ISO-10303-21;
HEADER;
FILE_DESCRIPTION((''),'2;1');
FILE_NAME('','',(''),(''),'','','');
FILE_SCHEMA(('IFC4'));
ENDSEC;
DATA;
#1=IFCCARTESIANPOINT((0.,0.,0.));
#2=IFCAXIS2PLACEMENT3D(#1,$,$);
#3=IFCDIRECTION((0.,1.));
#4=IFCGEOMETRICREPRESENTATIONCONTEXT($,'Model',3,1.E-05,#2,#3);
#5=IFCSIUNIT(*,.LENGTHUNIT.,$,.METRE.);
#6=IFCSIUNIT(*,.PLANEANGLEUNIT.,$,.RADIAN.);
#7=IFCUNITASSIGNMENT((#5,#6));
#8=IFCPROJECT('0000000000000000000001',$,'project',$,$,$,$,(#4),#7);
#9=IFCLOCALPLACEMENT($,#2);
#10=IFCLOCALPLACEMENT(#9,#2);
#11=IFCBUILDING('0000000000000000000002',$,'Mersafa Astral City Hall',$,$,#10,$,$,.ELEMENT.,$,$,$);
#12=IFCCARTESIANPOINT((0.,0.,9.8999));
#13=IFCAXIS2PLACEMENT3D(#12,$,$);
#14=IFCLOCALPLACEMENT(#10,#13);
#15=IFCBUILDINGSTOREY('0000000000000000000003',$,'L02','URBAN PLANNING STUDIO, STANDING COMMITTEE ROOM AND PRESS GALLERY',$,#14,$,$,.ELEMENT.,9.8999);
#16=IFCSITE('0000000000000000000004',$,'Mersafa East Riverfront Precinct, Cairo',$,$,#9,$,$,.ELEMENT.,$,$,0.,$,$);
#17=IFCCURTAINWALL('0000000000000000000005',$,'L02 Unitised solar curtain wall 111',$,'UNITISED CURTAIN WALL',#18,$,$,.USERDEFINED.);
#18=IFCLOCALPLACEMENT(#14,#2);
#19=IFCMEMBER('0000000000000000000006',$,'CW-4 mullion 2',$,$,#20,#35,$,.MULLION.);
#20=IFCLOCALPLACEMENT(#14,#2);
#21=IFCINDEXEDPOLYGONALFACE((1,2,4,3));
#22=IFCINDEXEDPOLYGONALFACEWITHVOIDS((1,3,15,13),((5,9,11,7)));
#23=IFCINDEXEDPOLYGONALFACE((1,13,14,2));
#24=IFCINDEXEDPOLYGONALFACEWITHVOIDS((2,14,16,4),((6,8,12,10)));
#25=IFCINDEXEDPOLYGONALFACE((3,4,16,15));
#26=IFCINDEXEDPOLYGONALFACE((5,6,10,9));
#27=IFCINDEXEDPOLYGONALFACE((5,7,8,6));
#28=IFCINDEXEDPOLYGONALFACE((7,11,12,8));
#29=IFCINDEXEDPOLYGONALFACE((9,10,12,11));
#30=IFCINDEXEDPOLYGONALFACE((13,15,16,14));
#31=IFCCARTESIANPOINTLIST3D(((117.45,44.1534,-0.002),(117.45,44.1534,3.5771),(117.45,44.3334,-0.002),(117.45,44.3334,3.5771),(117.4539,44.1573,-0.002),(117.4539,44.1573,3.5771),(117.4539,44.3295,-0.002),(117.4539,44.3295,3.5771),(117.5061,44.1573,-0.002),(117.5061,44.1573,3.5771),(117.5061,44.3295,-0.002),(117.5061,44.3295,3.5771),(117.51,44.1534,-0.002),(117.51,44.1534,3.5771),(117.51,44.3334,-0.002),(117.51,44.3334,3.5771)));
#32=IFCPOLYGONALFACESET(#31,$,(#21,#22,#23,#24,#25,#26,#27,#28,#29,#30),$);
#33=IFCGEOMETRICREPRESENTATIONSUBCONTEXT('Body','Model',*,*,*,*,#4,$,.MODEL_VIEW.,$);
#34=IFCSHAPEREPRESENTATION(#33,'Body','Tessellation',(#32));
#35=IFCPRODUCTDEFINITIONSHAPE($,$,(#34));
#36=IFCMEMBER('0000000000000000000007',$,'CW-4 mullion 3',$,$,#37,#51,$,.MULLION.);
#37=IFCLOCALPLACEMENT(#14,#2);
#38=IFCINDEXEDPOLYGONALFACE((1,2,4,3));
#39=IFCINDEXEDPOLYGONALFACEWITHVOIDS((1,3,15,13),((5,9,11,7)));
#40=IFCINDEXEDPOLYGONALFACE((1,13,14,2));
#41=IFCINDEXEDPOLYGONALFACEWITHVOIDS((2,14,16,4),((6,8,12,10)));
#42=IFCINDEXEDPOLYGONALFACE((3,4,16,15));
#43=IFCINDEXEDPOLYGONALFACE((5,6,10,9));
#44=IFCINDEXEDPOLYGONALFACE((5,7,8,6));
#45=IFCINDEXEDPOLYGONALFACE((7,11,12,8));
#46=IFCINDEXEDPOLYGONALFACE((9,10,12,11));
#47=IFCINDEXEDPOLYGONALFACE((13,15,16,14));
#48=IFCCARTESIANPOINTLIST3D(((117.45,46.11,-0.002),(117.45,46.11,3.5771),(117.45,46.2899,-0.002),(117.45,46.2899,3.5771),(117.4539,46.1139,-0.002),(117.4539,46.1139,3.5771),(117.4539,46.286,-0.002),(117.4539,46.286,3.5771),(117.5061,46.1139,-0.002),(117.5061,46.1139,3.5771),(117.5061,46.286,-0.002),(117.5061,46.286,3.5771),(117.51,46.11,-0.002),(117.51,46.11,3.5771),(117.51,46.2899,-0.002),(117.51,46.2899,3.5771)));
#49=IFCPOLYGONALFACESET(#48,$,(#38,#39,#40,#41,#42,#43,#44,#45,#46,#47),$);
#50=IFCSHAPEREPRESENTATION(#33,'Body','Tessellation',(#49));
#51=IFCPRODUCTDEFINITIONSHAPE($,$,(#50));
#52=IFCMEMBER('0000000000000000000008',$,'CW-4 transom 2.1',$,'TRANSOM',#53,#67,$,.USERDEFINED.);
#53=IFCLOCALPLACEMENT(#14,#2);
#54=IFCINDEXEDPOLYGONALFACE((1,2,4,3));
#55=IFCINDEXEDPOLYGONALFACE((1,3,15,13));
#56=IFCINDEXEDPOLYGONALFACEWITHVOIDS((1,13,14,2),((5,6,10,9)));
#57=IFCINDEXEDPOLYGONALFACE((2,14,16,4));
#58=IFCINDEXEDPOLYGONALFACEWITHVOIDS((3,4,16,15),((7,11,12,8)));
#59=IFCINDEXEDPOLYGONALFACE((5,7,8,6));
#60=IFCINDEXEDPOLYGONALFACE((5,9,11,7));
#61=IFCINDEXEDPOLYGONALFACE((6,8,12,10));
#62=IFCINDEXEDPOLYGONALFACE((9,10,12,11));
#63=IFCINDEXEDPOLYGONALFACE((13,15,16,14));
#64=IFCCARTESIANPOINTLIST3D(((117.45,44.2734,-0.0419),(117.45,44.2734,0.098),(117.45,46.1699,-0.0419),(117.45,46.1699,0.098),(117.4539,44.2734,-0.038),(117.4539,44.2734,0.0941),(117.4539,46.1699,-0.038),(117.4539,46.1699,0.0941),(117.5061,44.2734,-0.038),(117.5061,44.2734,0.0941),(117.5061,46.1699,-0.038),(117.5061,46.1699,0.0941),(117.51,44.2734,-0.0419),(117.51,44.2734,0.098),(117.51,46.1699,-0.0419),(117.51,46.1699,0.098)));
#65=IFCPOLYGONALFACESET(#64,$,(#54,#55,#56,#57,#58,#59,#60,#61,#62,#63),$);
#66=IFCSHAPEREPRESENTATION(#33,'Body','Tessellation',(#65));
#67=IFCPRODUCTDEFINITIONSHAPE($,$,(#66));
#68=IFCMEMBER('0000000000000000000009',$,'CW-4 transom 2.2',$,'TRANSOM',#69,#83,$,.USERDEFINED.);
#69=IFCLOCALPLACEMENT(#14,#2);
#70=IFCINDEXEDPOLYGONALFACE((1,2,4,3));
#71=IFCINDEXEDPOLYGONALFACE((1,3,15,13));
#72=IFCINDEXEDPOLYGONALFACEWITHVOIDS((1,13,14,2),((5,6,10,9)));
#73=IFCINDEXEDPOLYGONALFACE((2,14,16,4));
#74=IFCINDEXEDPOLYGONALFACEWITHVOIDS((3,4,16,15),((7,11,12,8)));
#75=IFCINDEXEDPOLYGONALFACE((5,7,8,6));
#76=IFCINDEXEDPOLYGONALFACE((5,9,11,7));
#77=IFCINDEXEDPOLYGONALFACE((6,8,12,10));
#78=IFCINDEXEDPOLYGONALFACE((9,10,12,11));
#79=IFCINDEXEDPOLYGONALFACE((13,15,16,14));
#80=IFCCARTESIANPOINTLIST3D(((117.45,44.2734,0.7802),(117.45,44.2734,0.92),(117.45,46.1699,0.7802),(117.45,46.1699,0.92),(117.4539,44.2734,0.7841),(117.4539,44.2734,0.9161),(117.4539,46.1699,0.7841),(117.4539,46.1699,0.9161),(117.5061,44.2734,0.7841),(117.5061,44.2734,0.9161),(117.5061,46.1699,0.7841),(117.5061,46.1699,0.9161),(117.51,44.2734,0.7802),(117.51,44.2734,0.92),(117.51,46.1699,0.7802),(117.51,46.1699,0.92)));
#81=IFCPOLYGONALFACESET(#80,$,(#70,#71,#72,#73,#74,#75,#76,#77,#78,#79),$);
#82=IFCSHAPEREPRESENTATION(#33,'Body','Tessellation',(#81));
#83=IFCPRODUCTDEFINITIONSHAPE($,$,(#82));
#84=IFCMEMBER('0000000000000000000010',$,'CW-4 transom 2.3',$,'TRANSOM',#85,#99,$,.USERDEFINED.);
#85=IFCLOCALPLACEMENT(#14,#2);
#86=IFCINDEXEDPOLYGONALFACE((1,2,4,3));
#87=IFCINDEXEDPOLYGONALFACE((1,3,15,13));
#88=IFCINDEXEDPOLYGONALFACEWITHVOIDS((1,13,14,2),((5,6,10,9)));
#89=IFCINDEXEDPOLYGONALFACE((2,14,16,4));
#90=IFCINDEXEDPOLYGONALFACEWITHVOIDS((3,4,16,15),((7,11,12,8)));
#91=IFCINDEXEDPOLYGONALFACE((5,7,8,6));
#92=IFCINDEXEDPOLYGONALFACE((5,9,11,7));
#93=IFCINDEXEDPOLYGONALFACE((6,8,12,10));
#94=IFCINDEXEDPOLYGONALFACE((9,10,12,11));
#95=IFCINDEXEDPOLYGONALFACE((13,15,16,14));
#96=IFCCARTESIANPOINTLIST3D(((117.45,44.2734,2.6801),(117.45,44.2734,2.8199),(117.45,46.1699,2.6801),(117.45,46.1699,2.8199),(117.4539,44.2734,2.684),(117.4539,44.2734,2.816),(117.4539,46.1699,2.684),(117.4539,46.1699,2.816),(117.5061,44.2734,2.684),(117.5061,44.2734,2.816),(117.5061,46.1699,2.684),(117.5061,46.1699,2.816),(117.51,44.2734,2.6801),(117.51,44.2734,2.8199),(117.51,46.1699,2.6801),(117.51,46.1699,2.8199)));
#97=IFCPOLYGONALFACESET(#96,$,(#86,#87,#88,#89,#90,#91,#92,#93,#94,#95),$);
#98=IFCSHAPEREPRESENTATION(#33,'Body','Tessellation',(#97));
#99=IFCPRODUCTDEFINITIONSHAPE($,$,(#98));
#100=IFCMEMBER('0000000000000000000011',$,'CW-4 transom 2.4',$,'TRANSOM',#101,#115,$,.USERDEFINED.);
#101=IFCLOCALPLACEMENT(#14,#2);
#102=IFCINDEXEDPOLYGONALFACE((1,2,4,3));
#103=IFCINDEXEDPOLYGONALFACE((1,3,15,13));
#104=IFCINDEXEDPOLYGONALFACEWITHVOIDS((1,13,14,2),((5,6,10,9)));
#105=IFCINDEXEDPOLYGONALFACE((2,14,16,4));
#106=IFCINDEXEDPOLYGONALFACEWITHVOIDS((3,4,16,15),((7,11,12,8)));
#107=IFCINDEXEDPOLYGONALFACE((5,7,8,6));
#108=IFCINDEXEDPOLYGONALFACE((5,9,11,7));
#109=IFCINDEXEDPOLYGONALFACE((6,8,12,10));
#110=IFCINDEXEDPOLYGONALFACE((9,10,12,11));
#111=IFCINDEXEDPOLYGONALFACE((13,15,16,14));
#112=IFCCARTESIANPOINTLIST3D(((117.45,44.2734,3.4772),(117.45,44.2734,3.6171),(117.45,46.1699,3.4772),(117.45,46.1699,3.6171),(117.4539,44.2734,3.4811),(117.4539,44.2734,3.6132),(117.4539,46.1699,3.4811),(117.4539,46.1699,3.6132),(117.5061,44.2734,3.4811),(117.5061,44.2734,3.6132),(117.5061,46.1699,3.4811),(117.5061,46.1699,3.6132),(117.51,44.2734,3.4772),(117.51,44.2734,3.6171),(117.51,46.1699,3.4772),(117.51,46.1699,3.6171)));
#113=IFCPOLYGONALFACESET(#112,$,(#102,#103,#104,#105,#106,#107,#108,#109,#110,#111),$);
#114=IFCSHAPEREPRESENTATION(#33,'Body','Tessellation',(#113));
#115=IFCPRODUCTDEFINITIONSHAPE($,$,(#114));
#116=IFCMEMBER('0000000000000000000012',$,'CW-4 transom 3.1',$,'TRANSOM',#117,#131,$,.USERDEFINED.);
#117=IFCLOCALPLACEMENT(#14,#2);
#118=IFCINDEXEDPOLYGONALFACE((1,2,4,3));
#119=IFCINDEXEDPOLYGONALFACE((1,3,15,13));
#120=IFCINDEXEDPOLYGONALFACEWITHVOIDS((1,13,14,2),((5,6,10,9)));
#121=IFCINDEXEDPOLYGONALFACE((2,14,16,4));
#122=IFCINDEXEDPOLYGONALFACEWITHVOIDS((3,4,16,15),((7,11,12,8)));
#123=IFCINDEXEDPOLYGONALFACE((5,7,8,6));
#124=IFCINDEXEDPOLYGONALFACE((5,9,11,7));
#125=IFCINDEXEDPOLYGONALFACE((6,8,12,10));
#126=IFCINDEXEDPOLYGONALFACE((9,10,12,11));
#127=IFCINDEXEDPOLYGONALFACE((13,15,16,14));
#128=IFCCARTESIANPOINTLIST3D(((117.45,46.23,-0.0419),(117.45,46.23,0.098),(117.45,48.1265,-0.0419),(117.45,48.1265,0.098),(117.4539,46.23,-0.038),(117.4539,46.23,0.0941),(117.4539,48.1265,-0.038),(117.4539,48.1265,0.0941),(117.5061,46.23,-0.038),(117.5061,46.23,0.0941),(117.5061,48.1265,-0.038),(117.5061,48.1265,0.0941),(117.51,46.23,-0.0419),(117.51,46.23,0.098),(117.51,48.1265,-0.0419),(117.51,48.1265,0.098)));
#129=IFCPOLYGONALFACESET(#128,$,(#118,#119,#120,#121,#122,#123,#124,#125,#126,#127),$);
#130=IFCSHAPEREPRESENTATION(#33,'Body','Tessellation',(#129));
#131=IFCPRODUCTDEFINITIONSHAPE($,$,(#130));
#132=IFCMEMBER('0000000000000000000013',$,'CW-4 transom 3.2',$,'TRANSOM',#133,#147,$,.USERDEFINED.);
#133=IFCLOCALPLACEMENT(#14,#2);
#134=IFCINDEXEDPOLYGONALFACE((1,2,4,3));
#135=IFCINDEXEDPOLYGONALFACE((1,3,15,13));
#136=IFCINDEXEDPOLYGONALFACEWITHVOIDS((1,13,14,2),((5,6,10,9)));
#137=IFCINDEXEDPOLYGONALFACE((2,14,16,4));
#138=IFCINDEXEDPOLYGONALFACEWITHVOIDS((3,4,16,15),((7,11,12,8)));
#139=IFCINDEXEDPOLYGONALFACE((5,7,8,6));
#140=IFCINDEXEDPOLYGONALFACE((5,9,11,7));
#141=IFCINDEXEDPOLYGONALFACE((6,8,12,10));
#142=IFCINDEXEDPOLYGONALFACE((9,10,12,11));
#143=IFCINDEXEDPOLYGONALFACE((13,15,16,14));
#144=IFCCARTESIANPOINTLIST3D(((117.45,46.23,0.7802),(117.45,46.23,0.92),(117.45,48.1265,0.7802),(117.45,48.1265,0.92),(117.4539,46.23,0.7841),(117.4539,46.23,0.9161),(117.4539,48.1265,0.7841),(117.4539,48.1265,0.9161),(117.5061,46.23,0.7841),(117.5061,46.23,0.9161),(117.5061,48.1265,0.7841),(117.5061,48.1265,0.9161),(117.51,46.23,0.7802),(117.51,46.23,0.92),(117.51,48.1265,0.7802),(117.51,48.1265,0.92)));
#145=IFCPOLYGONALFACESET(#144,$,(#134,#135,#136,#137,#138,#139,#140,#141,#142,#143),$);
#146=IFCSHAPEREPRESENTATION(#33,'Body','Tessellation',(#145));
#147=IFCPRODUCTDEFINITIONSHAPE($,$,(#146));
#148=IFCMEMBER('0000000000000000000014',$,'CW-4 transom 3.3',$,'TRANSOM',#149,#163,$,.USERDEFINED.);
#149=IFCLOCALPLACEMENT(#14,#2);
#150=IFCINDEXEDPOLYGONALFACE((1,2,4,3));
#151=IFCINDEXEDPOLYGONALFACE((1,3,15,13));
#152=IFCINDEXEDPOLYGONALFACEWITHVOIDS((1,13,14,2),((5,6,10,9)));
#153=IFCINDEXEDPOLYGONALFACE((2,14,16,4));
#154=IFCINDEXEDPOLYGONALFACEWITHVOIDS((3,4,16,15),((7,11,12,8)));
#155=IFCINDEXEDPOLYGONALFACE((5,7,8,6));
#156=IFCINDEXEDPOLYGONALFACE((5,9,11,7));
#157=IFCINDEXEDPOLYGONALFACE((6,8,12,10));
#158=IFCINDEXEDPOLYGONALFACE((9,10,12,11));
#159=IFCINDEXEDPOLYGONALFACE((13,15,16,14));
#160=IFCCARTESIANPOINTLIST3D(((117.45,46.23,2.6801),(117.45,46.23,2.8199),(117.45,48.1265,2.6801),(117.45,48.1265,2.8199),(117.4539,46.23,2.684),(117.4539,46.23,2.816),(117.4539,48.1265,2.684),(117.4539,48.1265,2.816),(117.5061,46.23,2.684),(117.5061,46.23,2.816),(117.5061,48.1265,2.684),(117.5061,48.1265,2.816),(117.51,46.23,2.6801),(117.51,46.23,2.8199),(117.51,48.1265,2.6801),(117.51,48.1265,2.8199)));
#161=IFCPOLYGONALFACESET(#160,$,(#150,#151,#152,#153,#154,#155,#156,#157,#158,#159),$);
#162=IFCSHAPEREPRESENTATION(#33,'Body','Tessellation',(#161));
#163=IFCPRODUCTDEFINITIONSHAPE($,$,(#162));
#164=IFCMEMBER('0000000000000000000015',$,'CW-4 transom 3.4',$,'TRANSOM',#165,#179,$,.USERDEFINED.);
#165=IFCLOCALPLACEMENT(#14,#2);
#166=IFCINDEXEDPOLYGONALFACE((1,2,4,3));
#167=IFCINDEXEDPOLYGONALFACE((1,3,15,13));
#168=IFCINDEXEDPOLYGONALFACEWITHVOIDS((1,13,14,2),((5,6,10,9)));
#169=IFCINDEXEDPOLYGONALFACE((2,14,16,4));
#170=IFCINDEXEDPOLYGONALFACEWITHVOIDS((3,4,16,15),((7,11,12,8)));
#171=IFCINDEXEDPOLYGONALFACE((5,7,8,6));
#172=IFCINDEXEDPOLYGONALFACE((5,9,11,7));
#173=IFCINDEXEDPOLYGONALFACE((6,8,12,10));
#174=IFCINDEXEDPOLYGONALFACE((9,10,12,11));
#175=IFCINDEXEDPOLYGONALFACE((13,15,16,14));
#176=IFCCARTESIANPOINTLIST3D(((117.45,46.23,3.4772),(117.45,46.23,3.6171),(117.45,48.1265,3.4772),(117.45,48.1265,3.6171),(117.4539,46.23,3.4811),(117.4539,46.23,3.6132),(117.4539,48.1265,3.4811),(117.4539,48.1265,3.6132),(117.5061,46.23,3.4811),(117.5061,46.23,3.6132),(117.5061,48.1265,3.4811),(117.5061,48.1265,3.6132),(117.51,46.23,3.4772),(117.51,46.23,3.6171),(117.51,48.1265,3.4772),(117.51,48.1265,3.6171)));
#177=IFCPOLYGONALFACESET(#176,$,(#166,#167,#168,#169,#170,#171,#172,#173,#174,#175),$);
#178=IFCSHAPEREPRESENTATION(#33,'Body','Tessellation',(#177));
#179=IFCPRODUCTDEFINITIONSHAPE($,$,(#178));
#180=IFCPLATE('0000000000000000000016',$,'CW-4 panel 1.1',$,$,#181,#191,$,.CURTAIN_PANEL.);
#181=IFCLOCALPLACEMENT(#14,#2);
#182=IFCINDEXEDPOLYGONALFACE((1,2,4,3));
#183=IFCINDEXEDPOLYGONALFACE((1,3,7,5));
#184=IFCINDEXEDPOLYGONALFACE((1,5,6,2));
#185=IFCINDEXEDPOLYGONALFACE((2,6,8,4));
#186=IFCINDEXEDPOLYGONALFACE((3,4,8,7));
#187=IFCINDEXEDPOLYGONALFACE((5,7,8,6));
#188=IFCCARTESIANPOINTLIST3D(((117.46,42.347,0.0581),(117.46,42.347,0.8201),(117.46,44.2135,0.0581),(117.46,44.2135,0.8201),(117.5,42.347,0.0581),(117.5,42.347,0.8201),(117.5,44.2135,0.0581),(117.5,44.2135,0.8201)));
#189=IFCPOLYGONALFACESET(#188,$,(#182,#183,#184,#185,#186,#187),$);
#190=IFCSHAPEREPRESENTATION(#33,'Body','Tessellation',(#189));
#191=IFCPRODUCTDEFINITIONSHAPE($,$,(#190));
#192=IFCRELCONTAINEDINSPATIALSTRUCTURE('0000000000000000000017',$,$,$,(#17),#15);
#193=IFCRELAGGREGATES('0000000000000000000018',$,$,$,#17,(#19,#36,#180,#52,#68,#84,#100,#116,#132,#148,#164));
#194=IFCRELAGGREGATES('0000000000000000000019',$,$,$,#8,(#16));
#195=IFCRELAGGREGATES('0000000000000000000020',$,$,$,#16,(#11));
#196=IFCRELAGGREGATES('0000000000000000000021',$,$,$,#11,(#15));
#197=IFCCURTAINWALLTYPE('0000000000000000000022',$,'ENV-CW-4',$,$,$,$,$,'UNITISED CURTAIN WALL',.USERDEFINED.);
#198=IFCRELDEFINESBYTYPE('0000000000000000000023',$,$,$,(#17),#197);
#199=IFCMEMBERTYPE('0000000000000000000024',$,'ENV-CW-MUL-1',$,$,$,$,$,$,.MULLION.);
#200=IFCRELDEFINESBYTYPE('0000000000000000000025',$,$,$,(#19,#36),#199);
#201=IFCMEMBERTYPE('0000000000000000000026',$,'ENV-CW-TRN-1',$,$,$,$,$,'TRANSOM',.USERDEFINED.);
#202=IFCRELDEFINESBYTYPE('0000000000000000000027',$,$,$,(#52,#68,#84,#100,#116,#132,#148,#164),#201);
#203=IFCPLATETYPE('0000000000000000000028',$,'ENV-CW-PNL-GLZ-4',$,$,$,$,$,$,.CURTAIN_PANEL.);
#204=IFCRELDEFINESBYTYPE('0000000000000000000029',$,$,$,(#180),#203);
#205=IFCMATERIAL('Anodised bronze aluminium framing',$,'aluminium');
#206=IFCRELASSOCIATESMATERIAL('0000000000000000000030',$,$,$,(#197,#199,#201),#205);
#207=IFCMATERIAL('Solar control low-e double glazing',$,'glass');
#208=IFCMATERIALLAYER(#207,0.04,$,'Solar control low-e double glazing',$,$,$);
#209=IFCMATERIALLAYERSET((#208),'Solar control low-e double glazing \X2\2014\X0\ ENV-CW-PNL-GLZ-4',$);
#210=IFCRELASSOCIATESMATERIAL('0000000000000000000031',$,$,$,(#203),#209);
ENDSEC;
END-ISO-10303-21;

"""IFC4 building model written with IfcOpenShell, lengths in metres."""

from ifc_helpers import new_model, si_unit, direction, frame, origin, origin_2d, place, context, subcontext, project, spatial, rectangle, hollow_rectangle, extrude, material, layer, layer_set, material_profile, profile_set, type_object, element, aggregate, save


model = new_model("IFC4")

# Units and contexts
model_context = context("Model", 3, precision=1e-05, world=origin(), true_north=direction((0.0, 1.0)))
body_context = subcontext(model_context, "Body", "Model", "MODEL_VIEW")
ifc_project = project(units=[si_unit("LENGTHUNIT", "METRE"), si_unit("PLANEANGLEUNIT", "RADIAN")], contexts=[model_context])

# Site, building, storey
site_placement = place(None, origin())
site = spatial("IfcSite", under=ifc_project, at=site_placement, Name="Mersafa East Riverfront Precinct, Cairo", CompositionType="ELEMENT", RefElevation=0.0)
building_placement = place(site_placement, origin())
building = spatial("IfcBuilding", under=site, at=building_placement, Name="Mersafa Astral City Hall", CompositionType="ELEMENT")
storey_placement = place(building_placement, frame((0.0, 0.0, 9.8999)))
storey = spatial("IfcBuildingStorey", under=building, at=storey_placement, Name="L02", Description="URBAN PLANNING STUDIO, STANDING COMMITTEE ROOM AND PRESS GALLERY", CompositionType="ELEMENT", Elevation=9.8999)

# Curtain wall, members, plate
ifc_material_1 = material(Name="Anodised bronze aluminium framing", Category="aluminium")
curtain_wall_type = type_object("IfcCurtainWallType", Name="ENV-CW-4", ElementType="UNITISED CURTAIN WALL", PredefinedType="USERDEFINED", material=ifc_material_1)
curtain_wall_placement = place(storey_placement, origin())
curtain_wall = element("IfcCurtainWall", 1, at=curtain_wall_placement, inside=storey, type_object=curtain_wall_type, Name="L02 Unitised solar curtain wall 111", ObjectType="UNITISED CURTAIN WALL", PredefinedType="USERDEFINED")
ifc_material_profile_1 = material_profile(ifc_material_1, hollow_rectangle(XDim=0.0601, YDim=0.1799, WallThickness=0.0039, at=origin_2d()), Name="RHS 60x180x4")
ifc_profile_set_1 = profile_set([ifc_material_profile_1], Name="Anodised bronze aluminium framing")
member_type_1 = type_object("IfcMemberType", Name="ENV-CW-MUL-1", PredefinedType="MULLION", material=ifc_profile_set_1)
member_1_placement = place(storey_placement, frame((117.48, 44.2434, -0.002), z_axis=(0.0, 0.0, 1.0), x_axis=(-1.0, 0.0, 0.0)))
member_1 = element("IfcMember", 2, at=member_1_placement, type_object=member_type_1, Name="CW-4 mullion 2", PredefinedType="MULLION", context=body_context, shape_type="SweptSolid", body=[
    extrude(hollow_rectangle(XDim=0.0601, YDim=0.1799, WallThickness=0.0039, at=origin_2d()), origin(), (0.0, 0.0, 1.0), 3.5791),
])
member_2_placement = place(storey_placement, frame((117.48, 46.2, -0.002), z_axis=(0.0, 0.0, 1.0), x_axis=(-1.0, 0.0, 0.0)))
member_2 = element("IfcMember", 3, at=member_2_placement, type_object=member_type_1, Name="CW-4 mullion 3", PredefinedType="MULLION", context=body_context, shape_type="SweptSolid", body=[
    extrude(hollow_rectangle(XDim=0.0601, YDim=0.1799, WallThickness=0.0039, at=origin_2d()), origin(), (0.0, 0.0, 1.0), 3.5791),
])
ifc_material_profile_2 = material_profile(ifc_material_1, hollow_rectangle(XDim=0.0601, YDim=0.1399, WallThickness=0.0039, at=origin_2d()), Name="RHS 60x140x4")
ifc_profile_set_2 = profile_set([ifc_material_profile_2], Name="Anodised bronze aluminium framing")
member_type_2 = type_object("IfcMemberType", Name="ENV-CW-TRN-1", ElementType="TRANSOM", PredefinedType="USERDEFINED", material=ifc_profile_set_2)
member_3_placement = place(storey_placement, frame((117.48, 44.2734, 0.0281), z_axis=(0.0, 1.0, 0.0), x_axis=(-1.0, 0.0, 0.0)))
member_3 = element("IfcMember", 4, at=member_3_placement, type_object=member_type_2, Name="CW-4 transom 2.1", ObjectType="TRANSOM", PredefinedType="USERDEFINED", context=body_context, shape_type="SweptSolid", body=[
    extrude(hollow_rectangle(XDim=0.0601, YDim=0.1399, WallThickness=0.0039, at=origin_2d()), origin(), (0.0, 0.0, 1.0), 1.8965),
])
member_4_placement = place(storey_placement, frame((117.48, 44.2734, 0.8501), z_axis=(0.0, 1.0, 0.0), x_axis=(-1.0, 0.0, 0.0)))
member_4 = element("IfcMember", 5, at=member_4_placement, type_object=member_type_2, Name="CW-4 transom 2.2", ObjectType="TRANSOM", PredefinedType="USERDEFINED", context=body_context, shape_type="SweptSolid", body=[
    extrude(hollow_rectangle(XDim=0.0601, YDim=0.1399, WallThickness=0.0039, at=origin_2d()), origin(), (0.0, 0.0, 1.0), 1.8965),
])
member_5_placement = place(storey_placement, frame((117.48, 44.2734, 2.75), z_axis=(0.0, 1.0, 0.0), x_axis=(-1.0, 0.0, 0.0)))
member_5 = element("IfcMember", 6, at=member_5_placement, type_object=member_type_2, Name="CW-4 transom 2.3", ObjectType="TRANSOM", PredefinedType="USERDEFINED", context=body_context, shape_type="SweptSolid", body=[
    extrude(hollow_rectangle(XDim=0.0601, YDim=0.1399, WallThickness=0.0039, at=origin_2d()), origin(), (0.0, 0.0, 1.0), 1.8965),
])
member_6_placement = place(storey_placement, frame((117.48, 44.2734, 3.5471), z_axis=(0.0, 1.0, 0.0), x_axis=(-1.0, 0.0, 0.0)))
member_6 = element("IfcMember", 7, at=member_6_placement, type_object=member_type_2, Name="CW-4 transom 2.4", ObjectType="TRANSOM", PredefinedType="USERDEFINED", context=body_context, shape_type="SweptSolid", body=[
    extrude(hollow_rectangle(XDim=0.0601, YDim=0.1399, WallThickness=0.0039, at=origin_2d()), origin(), (0.0, 0.0, 1.0), 1.8965),
])
member_7_placement = place(storey_placement, frame((117.48, 46.23, 0.0281), z_axis=(0.0, 1.0, 0.0), x_axis=(-1.0, 0.0, 0.0)))
member_7 = element("IfcMember", 8, at=member_7_placement, type_object=member_type_2, Name="CW-4 transom 3.1", ObjectType="TRANSOM", PredefinedType="USERDEFINED", context=body_context, shape_type="SweptSolid", body=[
    extrude(hollow_rectangle(XDim=0.0601, YDim=0.1399, WallThickness=0.0039, at=origin_2d()), origin(), (0.0, 0.0, 1.0), 1.8965),
])
member_8_placement = place(storey_placement, frame((117.48, 46.23, 0.8501), z_axis=(0.0, 1.0, 0.0), x_axis=(-1.0, 0.0, 0.0)))
member_8 = element("IfcMember", 9, at=member_8_placement, type_object=member_type_2, Name="CW-4 transom 3.2", ObjectType="TRANSOM", PredefinedType="USERDEFINED", context=body_context, shape_type="SweptSolid", body=[
    extrude(hollow_rectangle(XDim=0.0601, YDim=0.1399, WallThickness=0.0039, at=origin_2d()), origin(), (0.0, 0.0, 1.0), 1.8965),
])
member_9_placement = place(storey_placement, frame((117.48, 46.23, 2.75), z_axis=(0.0, 1.0, 0.0), x_axis=(-1.0, 0.0, 0.0)))
member_9 = element("IfcMember", 10, at=member_9_placement, type_object=member_type_2, Name="CW-4 transom 3.3", ObjectType="TRANSOM", PredefinedType="USERDEFINED", context=body_context, shape_type="SweptSolid", body=[
    extrude(hollow_rectangle(XDim=0.0601, YDim=0.1399, WallThickness=0.0039, at=origin_2d()), origin(), (0.0, 0.0, 1.0), 1.8965),
])
member_10_placement = place(storey_placement, frame((117.48, 46.23, 3.5471), z_axis=(0.0, 1.0, 0.0), x_axis=(-1.0, 0.0, 0.0)))
member_10 = element("IfcMember", 11, at=member_10_placement, type_object=member_type_2, Name="CW-4 transom 3.4", ObjectType="TRANSOM", PredefinedType="USERDEFINED", context=body_context, shape_type="SweptSolid", body=[
    extrude(hollow_rectangle(XDim=0.0601, YDim=0.1399, WallThickness=0.0039, at=origin_2d()), origin(), (0.0, 0.0, 1.0), 1.8965),
])
ifc_material_2 = material(Name="Solar control low-e double glazing", Category="glass")
ifc_layer = layer(ifc_material_2, 0.04, Name="Solar control low-e double glazing")
ifc_layer_set = layer_set([ifc_layer], Name="Solar control low-e double glazing — ENV-CW-PNL-GLZ-4")
plate_type = type_object("IfcPlateType", Name="ENV-CW-PNL-GLZ-4", PredefinedType="CURTAIN_PANEL", material=ifc_layer_set)
plate_1_placement = place(storey_placement, frame((117.48, 43.2803, 0.0581), z_axis=(0.0, 0.0, 1.0), x_axis=(0.0, 1.0, 0.0)))
plate_1 = element("IfcPlate", 12, at=plate_1_placement, type_object=plate_type, Name="CW-4 panel 1.1", PredefinedType="CURTAIN_PANEL", context=body_context, shape_type="SweptSolid", body=[
    extrude(rectangle(XDim=1.8665, YDim=0.04, at=origin_2d()), origin(), (0.0, 0.0, 1.0), 0.762),
])
aggregate(curtain_wall, [member_1, member_2, plate_1, member_3, member_4, member_5, member_6, member_7, member_8, member_9, member_10])

save(model, "model.ifc")
